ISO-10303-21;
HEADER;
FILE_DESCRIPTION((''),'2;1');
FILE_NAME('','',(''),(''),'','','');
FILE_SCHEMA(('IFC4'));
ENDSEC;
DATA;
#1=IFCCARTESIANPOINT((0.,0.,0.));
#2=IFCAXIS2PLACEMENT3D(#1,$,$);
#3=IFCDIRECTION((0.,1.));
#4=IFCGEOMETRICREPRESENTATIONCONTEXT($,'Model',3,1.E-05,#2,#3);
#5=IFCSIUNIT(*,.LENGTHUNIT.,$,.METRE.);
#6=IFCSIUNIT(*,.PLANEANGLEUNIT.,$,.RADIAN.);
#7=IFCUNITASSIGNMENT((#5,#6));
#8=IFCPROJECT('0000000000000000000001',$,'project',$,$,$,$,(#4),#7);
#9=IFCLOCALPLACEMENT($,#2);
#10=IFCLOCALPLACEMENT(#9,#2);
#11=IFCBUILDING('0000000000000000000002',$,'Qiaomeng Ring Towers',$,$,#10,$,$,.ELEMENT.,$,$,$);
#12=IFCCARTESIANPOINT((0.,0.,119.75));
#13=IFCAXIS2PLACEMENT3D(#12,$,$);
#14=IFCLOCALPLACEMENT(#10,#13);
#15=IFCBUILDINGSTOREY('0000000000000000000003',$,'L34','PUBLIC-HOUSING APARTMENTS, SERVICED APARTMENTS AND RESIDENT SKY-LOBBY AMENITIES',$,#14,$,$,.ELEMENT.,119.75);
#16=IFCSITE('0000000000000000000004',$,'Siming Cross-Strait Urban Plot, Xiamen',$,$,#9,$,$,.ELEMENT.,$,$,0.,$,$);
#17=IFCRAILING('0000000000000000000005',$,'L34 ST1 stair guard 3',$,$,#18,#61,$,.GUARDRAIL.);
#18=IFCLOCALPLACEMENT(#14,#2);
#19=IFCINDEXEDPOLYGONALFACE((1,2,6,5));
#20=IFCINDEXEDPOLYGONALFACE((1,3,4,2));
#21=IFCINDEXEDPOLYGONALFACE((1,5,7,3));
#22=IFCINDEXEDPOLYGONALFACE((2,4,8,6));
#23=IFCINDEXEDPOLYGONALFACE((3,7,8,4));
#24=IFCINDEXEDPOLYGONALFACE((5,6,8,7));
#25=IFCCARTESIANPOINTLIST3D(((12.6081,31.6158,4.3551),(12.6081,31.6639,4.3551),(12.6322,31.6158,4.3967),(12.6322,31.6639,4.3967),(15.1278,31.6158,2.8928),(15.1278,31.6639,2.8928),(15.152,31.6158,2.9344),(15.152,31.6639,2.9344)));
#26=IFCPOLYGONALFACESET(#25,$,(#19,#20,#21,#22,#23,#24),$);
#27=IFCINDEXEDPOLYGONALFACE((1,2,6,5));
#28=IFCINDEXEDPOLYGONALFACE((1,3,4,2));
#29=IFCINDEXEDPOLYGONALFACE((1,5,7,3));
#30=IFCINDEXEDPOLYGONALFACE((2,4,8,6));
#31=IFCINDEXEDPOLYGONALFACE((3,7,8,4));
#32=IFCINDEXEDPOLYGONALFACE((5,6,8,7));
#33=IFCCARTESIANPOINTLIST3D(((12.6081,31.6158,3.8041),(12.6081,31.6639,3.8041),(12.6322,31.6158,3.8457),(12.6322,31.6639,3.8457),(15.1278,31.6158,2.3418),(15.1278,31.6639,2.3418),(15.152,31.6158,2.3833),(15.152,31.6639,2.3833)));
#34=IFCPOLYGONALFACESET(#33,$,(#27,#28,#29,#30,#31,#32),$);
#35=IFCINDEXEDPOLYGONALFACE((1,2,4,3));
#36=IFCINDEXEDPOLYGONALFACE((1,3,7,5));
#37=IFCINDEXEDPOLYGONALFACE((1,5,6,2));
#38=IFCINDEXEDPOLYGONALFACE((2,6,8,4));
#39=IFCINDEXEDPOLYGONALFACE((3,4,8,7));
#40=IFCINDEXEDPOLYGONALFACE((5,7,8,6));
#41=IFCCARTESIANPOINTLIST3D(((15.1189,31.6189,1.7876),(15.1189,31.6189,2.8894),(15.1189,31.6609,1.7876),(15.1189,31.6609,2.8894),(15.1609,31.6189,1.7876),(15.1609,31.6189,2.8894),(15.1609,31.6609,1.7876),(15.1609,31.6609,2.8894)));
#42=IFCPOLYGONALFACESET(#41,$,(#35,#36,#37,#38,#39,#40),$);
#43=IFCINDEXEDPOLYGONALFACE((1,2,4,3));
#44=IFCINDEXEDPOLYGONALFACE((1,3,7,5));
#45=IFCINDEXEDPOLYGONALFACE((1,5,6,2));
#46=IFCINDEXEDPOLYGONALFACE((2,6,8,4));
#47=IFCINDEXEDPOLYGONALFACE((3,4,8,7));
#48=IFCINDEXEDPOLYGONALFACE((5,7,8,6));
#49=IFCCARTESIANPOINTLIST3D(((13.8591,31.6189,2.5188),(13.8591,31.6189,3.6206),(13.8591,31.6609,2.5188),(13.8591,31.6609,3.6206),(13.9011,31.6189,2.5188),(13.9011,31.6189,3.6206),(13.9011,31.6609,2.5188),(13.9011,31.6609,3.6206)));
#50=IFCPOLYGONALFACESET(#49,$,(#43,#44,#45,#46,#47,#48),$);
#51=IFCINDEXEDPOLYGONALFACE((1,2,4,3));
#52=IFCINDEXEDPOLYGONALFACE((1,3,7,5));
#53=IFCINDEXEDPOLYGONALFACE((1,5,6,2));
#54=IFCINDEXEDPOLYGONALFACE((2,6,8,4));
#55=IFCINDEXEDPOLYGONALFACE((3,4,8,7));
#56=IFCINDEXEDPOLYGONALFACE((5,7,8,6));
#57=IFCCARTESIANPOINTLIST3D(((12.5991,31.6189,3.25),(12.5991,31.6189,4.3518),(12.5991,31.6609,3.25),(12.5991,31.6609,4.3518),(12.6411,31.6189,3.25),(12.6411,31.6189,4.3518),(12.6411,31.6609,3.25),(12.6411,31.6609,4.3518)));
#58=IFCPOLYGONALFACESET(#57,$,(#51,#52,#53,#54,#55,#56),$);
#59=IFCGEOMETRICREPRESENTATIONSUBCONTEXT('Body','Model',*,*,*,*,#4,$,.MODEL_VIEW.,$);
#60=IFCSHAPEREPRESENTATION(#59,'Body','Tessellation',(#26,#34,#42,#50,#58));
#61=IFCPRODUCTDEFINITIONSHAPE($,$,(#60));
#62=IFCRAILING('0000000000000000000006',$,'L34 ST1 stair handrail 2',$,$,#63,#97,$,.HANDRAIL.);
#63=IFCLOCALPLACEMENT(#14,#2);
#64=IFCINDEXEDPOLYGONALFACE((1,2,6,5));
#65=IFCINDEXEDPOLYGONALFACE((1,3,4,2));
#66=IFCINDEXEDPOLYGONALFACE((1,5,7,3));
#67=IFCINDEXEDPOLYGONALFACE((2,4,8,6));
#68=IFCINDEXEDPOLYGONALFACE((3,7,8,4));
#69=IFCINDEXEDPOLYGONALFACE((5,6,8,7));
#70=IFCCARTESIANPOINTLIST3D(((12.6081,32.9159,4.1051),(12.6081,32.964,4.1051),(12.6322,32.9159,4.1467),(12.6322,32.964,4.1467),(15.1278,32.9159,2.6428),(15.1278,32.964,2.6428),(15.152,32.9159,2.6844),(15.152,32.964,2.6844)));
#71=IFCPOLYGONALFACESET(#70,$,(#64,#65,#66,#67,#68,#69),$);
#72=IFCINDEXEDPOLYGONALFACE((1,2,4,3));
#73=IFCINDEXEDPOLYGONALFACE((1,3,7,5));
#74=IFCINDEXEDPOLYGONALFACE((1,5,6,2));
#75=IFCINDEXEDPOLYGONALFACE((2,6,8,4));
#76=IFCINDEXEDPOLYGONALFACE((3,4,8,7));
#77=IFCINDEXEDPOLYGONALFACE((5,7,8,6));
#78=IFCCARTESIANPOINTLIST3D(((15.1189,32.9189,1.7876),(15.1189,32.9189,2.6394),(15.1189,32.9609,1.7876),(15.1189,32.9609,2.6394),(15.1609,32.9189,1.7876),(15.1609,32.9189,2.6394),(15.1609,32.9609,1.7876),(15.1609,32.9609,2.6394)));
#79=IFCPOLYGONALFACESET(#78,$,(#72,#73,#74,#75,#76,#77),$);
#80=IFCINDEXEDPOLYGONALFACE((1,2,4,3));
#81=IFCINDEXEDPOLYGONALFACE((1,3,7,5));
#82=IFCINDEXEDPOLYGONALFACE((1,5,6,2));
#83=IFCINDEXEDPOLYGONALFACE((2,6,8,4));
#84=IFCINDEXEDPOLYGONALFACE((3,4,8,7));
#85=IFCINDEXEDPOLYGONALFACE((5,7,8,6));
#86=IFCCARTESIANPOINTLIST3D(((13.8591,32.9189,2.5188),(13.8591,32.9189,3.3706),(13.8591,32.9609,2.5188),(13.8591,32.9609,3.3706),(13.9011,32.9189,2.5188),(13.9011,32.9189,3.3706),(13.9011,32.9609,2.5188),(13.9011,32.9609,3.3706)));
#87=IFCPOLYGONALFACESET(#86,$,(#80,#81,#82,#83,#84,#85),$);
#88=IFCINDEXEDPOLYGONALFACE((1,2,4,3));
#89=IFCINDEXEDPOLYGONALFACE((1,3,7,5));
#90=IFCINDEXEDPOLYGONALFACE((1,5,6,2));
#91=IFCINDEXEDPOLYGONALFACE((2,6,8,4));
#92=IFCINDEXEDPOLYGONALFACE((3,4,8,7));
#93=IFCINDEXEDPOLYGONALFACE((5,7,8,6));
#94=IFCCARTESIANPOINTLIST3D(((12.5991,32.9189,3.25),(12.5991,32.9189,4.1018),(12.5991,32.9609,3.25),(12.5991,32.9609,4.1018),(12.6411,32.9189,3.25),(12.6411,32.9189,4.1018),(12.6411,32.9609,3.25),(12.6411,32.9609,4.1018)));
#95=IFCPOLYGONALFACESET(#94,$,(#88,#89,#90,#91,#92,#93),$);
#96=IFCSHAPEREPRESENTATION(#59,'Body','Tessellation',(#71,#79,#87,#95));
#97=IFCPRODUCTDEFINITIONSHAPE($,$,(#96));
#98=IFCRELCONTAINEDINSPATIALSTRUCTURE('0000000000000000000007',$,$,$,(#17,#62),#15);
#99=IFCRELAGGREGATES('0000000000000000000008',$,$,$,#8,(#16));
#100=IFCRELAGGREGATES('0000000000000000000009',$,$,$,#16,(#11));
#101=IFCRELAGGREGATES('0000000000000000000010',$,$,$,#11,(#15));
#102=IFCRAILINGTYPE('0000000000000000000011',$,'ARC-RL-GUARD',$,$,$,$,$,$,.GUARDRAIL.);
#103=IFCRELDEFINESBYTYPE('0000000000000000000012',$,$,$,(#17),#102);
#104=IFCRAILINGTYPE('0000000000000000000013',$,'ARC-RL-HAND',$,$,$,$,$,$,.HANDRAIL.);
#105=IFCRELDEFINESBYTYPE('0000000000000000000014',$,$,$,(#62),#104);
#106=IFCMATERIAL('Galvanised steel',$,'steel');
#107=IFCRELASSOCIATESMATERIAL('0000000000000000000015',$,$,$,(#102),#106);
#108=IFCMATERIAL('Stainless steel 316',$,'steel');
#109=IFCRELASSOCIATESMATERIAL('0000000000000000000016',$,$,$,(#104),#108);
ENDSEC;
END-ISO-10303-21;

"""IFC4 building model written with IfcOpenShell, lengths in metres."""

from ifc_helpers import new_model, si_unit, direction, frame, origin, origin_2d, place, context, subcontext, project, spatial, rectangle, extrude, material, type_object, element, save


model = new_model("IFC4")

# Units and contexts
model_context = context("Model", 3, precision=1e-05, world=origin(), true_north=direction((0.0, 1.0)))
body_context = subcontext(model_context, "Body", "Model", "MODEL_VIEW")
ifc_project = project(units=[si_unit("LENGTHUNIT", "METRE"), si_unit("PLANEANGLEUNIT", "RADIAN")], contexts=[model_context])

# Site, building, storey
site_placement = place(None, origin())
site = spatial("IfcSite", under=ifc_project, at=site_placement, Name="Siming Cross-Strait Urban Plot, Xiamen", CompositionType="ELEMENT", RefElevation=0.0)
building_placement = place(site_placement, origin())
building = spatial("IfcBuilding", under=site, at=building_placement, Name="Qiaomeng Ring Towers", CompositionType="ELEMENT")
storey_placement = place(building_placement, frame((0.0, 0.0, 119.75)))
storey = spatial("IfcBuildingStorey", under=building, at=storey_placement, Name="L34", Description="PUBLIC-HOUSING APARTMENTS, SERVICED APARTMENTS AND RESIDENT SKY-LOBBY AMENITIES", CompositionType="ELEMENT", Elevation=119.75)

# Shared definitions
ifc_material_1 = material(Name="Galvanised steel", Category="steel")

# Shared definitions
ifc_material_2 = material(Name="Stainless steel 316", Category="steel")

# Railings
railing_type_1 = type_object("IfcRailingType", Name="ARC-RL-GUARD", PredefinedType="GUARDRAIL", material=ifc_material_1)
railing_1_placement = place(storey_placement, frame((15.1399, 31.6399, 1.7876)))
element("IfcRailing", 1, at=railing_1_placement, inside=storey, type_object=railing_type_1, Name="L34 ST1 stair guard 3", PredefinedType="GUARDRAIL", context=body_context, shape_type="SweptSolid", body=[
    extrude(rectangle(XDim=0.0481, YDim=0.0481, at=origin_2d()), frame((0.0, 0.0, 1.126), z_axis=(-0.864892, 0.0, 0.501958), x_axis=(0.0, -1.0, 0.0)), (0.0, 0.0, 1.0), 2.9133),
    extrude(rectangle(XDim=0.0481, YDim=0.0481, at=origin_2d()), frame((0.0, 0.0, 0.575), z_axis=(-0.864892, 0.0, 0.501958), x_axis=(0.0, -1.0, 0.0)), (0.0, 0.0, 1.0), 2.9133),
    extrude(rectangle(XDim=0.042, YDim=0.042, at=origin_2d()), origin(), (0.0, 0.0, 1.0), 1.1018),
    extrude(rectangle(XDim=0.042, YDim=0.042, at=origin_2d()), frame((-1.2598, 0.0, 0.7312)), (0.0, 0.0, 1.0), 1.1018),
    extrude(rectangle(XDim=0.042, YDim=0.042, at=origin_2d()), frame((-2.5198, 0.0, 1.4624)), (0.0, 0.0, 1.0), 1.1018),
])
railing_type_2 = type_object("IfcRailingType", Name="ARC-RL-HAND", PredefinedType="HANDRAIL", material=ifc_material_2)
railing_2_placement = place(storey_placement, frame((15.1399, 32.9399, 1.7876)))
element("IfcRailing", 2, at=railing_2_placement, inside=storey, type_object=railing_type_2, Name="L34 ST1 stair handrail 2", PredefinedType="HANDRAIL", context=body_context, shape_type="SweptSolid", body=[
    extrude(rectangle(XDim=0.0481, YDim=0.0481, at=origin_2d()), frame((0.0, 0.0, 0.876), z_axis=(-0.864892, 0.0, 0.501958), x_axis=(0.0, -1.0, 0.0)), (0.0, 0.0, 1.0), 2.9133),
    extrude(rectangle(XDim=0.042, YDim=0.042, at=origin_2d()), origin(), (0.0, 0.0, 1.0), 0.8518),
    extrude(rectangle(XDim=0.042, YDim=0.042, at=origin_2d()), frame((-1.2598, 0.0, 0.7312)), (0.0, 0.0, 1.0), 0.8518),
    extrude(rectangle(XDim=0.042, YDim=0.042, at=origin_2d()), frame((-2.5198, 0.0, 1.4624)), (0.0, 0.0, 1.0), 0.8518),
])

save(model, "model.ifc")
